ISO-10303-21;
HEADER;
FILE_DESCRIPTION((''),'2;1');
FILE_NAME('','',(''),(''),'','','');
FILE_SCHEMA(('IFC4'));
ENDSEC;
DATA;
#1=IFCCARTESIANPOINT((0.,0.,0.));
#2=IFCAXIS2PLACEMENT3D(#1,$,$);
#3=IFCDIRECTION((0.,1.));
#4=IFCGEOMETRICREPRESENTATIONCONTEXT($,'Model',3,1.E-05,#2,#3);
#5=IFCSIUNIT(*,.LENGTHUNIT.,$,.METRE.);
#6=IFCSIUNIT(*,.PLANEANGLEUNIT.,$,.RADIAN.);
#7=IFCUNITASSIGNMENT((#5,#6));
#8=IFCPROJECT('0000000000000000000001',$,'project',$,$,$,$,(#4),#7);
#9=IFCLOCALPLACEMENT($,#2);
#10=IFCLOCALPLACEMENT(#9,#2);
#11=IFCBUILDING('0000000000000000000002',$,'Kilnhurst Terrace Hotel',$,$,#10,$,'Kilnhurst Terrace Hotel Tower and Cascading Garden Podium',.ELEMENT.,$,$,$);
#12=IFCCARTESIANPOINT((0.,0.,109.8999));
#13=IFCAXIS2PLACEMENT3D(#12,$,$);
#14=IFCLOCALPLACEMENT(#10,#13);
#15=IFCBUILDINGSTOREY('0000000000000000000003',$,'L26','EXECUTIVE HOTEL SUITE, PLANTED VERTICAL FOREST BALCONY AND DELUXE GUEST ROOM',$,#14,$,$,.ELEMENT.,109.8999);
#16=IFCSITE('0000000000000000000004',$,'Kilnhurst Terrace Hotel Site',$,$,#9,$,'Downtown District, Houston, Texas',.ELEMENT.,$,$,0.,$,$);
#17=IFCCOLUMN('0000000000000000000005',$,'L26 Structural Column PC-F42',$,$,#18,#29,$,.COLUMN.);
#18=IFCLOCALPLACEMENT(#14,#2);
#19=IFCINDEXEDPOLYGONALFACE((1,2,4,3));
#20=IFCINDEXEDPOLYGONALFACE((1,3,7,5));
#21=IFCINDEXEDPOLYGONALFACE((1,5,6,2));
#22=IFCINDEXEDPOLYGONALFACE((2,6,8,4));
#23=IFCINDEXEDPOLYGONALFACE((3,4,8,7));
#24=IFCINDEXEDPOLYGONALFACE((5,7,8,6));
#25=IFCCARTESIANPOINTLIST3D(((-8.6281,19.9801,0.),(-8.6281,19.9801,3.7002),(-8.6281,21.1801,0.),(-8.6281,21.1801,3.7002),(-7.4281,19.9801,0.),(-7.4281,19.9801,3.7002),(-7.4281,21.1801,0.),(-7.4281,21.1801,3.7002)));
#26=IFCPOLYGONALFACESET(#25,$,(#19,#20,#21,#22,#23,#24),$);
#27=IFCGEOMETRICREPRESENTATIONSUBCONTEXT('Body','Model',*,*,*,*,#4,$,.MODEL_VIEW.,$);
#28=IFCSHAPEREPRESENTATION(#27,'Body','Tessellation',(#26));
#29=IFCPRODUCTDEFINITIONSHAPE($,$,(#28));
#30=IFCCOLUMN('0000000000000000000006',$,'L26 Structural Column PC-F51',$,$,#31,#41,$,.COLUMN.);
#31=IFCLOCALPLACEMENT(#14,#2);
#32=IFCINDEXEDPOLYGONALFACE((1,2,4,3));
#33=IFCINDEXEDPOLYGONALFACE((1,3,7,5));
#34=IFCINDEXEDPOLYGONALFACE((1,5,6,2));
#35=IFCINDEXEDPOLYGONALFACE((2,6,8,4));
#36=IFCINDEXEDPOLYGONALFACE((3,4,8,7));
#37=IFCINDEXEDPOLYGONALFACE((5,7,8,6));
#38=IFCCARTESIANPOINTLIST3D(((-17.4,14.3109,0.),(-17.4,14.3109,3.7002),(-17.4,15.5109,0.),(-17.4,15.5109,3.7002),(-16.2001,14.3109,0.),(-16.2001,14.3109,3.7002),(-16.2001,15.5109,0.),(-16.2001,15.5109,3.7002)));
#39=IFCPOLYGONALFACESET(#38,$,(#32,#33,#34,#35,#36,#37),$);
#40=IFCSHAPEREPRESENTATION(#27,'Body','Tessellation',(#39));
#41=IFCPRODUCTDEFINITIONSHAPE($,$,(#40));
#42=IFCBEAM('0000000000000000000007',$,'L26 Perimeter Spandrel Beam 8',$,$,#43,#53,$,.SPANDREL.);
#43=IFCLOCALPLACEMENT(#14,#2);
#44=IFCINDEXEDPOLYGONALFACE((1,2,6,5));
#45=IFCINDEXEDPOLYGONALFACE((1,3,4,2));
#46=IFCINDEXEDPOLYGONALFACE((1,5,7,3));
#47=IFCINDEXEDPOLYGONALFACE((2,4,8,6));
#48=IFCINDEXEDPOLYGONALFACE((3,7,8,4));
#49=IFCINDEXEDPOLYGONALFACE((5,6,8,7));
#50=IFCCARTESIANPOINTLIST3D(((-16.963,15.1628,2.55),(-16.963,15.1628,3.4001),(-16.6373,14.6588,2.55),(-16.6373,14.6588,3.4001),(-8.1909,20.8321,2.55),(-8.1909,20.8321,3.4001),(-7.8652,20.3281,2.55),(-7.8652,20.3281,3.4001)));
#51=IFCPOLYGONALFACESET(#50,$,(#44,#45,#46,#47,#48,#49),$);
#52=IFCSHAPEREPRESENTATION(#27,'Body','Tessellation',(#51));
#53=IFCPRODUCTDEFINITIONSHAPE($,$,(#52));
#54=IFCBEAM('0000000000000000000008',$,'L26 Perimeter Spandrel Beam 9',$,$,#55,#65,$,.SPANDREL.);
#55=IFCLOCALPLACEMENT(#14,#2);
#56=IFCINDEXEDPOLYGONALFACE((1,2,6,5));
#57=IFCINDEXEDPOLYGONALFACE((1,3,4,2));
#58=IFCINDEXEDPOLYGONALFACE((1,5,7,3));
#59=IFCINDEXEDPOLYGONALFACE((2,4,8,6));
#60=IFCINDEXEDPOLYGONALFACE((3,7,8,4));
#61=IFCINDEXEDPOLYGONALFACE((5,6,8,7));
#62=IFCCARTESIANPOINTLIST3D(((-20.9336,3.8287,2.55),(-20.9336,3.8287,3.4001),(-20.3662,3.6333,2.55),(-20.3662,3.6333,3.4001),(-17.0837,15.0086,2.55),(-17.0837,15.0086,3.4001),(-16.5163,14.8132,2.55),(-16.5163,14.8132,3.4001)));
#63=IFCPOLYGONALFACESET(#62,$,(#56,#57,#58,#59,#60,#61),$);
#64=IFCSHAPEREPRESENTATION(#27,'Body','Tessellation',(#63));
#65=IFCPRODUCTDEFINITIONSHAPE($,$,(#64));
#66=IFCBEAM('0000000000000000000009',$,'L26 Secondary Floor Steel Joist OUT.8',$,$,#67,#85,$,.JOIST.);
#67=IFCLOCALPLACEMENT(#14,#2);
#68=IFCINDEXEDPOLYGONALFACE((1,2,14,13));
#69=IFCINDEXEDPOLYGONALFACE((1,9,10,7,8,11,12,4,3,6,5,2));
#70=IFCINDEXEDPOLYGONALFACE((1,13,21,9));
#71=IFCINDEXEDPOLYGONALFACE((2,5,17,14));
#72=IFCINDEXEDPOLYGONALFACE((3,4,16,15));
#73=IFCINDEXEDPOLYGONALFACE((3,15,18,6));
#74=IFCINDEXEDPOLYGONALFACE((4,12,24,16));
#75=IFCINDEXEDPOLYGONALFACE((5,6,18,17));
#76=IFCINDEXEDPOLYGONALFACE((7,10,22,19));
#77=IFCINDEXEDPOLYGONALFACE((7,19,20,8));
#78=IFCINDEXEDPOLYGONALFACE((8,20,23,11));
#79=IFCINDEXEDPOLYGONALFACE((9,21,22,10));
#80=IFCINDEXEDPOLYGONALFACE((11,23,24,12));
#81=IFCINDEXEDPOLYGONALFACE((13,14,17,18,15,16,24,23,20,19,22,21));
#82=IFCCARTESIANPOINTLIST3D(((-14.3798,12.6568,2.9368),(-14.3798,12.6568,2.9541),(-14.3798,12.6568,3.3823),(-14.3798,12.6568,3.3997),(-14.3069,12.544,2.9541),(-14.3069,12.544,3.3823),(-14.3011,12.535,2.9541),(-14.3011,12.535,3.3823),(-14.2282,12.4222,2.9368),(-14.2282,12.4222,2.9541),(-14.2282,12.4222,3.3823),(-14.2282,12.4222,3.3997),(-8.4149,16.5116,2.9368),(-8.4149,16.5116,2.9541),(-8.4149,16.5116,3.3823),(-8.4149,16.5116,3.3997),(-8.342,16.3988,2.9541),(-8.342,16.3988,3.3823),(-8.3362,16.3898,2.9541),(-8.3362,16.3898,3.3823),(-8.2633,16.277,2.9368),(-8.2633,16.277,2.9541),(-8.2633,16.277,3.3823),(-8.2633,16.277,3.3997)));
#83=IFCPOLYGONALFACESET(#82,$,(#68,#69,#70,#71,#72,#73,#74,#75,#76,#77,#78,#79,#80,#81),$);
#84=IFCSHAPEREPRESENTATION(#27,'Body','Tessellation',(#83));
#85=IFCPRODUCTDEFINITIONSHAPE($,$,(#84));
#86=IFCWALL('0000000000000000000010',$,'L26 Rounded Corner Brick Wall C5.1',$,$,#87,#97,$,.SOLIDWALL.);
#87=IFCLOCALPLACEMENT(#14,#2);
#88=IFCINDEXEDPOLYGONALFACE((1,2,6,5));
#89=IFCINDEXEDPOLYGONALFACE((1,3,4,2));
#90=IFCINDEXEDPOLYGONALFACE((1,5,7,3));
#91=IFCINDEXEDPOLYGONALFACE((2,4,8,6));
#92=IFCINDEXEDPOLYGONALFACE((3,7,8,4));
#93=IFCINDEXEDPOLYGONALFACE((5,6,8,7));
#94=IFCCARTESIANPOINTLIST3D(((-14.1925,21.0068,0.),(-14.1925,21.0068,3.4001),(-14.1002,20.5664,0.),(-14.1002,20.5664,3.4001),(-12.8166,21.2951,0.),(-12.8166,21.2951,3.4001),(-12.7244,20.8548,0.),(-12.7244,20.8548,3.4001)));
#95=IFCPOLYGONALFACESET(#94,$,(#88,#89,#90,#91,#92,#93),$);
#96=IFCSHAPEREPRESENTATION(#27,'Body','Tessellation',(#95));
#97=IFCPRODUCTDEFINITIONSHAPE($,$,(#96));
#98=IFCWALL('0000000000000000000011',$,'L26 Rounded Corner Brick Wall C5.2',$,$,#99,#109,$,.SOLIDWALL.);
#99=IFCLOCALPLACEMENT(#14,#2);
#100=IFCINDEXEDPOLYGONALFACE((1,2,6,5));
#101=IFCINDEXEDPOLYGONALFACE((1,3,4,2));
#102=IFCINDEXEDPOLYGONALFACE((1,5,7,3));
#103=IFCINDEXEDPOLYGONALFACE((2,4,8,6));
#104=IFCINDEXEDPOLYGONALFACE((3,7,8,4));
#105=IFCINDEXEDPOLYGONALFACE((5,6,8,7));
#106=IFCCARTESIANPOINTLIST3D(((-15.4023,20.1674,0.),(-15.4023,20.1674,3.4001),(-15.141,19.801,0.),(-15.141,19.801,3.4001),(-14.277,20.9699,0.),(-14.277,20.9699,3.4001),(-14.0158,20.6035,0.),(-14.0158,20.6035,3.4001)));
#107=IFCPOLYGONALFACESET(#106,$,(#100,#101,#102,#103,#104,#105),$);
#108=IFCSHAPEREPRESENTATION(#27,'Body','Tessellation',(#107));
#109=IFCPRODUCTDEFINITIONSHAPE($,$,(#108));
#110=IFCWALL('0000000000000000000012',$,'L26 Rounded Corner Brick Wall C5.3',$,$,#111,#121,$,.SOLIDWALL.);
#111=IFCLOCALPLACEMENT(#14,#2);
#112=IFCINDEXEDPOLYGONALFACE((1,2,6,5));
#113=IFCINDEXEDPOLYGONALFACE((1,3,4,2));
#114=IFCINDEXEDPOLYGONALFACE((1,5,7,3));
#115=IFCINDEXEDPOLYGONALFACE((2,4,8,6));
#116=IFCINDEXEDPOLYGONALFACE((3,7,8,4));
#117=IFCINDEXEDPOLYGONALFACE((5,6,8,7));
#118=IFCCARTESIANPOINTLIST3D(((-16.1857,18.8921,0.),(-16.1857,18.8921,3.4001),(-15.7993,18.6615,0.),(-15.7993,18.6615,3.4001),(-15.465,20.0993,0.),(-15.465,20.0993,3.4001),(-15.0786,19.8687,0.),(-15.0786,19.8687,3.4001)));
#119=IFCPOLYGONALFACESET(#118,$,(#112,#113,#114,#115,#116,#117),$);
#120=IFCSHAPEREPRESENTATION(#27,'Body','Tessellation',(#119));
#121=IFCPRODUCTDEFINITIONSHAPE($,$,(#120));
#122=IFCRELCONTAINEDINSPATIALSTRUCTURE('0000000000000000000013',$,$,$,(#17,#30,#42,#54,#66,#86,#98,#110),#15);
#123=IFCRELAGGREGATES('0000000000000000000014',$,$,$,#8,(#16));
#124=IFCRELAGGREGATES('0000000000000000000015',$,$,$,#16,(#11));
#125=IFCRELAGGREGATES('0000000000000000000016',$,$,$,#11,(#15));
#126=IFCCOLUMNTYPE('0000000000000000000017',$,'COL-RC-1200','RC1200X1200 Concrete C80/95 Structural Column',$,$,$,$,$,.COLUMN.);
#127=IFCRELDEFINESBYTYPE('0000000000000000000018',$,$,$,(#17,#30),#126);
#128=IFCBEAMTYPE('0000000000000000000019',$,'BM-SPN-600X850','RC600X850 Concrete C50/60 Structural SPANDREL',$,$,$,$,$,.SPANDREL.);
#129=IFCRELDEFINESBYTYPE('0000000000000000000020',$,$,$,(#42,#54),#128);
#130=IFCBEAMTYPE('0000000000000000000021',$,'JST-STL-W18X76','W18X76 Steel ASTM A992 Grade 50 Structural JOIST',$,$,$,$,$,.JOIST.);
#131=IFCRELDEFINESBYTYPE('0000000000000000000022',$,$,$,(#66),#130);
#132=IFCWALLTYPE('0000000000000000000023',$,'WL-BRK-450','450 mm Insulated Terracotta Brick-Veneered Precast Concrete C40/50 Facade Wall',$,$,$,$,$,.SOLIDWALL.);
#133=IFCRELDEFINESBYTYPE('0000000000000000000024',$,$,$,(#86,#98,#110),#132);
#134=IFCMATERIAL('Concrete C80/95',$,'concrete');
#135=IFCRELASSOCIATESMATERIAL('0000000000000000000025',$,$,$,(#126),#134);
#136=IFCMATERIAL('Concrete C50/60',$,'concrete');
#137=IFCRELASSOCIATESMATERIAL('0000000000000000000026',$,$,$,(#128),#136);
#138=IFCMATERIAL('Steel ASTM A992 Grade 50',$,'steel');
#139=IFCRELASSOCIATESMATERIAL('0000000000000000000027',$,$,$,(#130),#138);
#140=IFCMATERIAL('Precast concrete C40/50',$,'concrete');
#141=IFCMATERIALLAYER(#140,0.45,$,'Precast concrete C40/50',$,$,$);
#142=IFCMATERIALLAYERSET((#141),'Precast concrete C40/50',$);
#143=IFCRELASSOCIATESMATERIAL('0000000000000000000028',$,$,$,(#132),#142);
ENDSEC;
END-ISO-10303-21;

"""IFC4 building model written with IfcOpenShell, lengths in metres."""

from ifc_helpers import new_model, si_unit, direction, frame, frame_2d, origin, origin_2d, place, context, subcontext, project, spatial, rectangle, i_section, extrude, material, layer, layer_set, material_profile, profile_set, type_object, element, save


model = new_model("IFC4")

# Units and contexts
model_context = context("Model", 3, precision=1e-05, world=origin(), true_north=direction((0.0, 1.0)))
body_context = subcontext(model_context, "Body", "Model", "MODEL_VIEW")
ifc_project = project(units=[si_unit("LENGTHUNIT", "METRE"), si_unit("PLANEANGLEUNIT", "RADIAN")], contexts=[model_context])

# Site, building, storey
site_placement = place(None, origin())
site = spatial("IfcSite", under=ifc_project, at=site_placement, Name="Kilnhurst Terrace Hotel Site", LongName="Downtown District, Houston, Texas", CompositionType="ELEMENT", RefElevation=0.0)
building_placement = place(site_placement, origin())
building = spatial("IfcBuilding", under=site, at=building_placement, Name="Kilnhurst Terrace Hotel", LongName="Kilnhurst Terrace Hotel Tower and Cascading Garden Podium", CompositionType="ELEMENT")
storey_placement = place(building_placement, frame((0.0, 0.0, 109.8999)))
storey = spatial("IfcBuildingStorey", under=building, at=storey_placement, Name="L26", Description="EXECUTIVE HOTEL SUITE, PLANTED VERTICAL FOREST BALCONY AND DELUXE GUEST ROOM", CompositionType="ELEMENT", Elevation=109.8999)

# Columns
ifc_material_1 = material(Name="Concrete C80/95", Category="concrete")
ifc_material_profile_1 = material_profile(ifc_material_1, rectangle(XDim=1.2, YDim=1.2, at=origin_2d()), Name="RC1200X1200")
ifc_profile_set_1 = profile_set([ifc_material_profile_1], Name="Concrete C80/95")
column_type = type_object("IfcColumnType", Name="COL-RC-1200", Description="RC1200X1200 Concrete C80/95 Structural Column", PredefinedType="COLUMN", material=ifc_profile_set_1)
for number, where, z_axis, x_axis, name in (
    (1, (-8.0281, 20.5801, 0.0), (0.0, 0.0, 1.0), (1.0, 0.0, 0.0), "L26 Structural Column PC-F42"),
    (2, (-16.8, 14.9109, 0.0), (0.0, 0.0, 1.0), (1.0, 0.0, 0.0), "L26 Structural Column PC-F51"),
):
    element("IfcColumn", number, at=place(storey_placement, frame(where, z_axis=z_axis, x_axis=x_axis)), inside=storey, type_object=column_type, Name=name, PredefinedType="COLUMN", context=body_context, shape_type="SweptSolid", body=[
        extrude(rectangle(XDim=1.2, YDim=1.2, at=origin_2d()), origin(), (0.0, 0.0, 1.0), 3.7002),
    ])

# Beams
ifc_material_2 = material(Name="Concrete C50/60", Category="concrete")
ifc_material_profile_2 = material_profile(ifc_material_2, rectangle(XDim=0.6001, YDim=0.8501, at=origin_2d()), Name="RC600X850")
ifc_profile_set_2 = profile_set([ifc_material_profile_2], Name="Concrete C50/60")
beam_type_1 = type_object("IfcBeamType", Name="BM-SPN-600X850", Description="RC600X850 Concrete C50/60 Structural SPANDREL", PredefinedType="SPANDREL", material=ifc_profile_set_2)
beam_1_placement = place(storey_placement, frame((-8.0281, 20.5801, 2.9751), z_axis=(-0.839867, -0.542793, 0.0), x_axis=(0.542793, -0.839867, 0.0)))
element("IfcBeam", 3, at=beam_1_placement, inside=storey, type_object=beam_type_1, Name="L26 Perimeter Spandrel Beam 8", PredefinedType="SPANDREL", context=body_context, shape_type="SweptSolid", body=[
    extrude(rectangle(XDim=0.6001, YDim=0.8501, at=origin_2d()), origin(), (0.0, 0.0, 1.0), 10.4446),
])
beam_2_placement = place(storey_placement, frame((-16.8, 14.9109, 2.9751), z_axis=(-0.32559, -0.945511, 0.0), x_axis=(0.945511, -0.32559, 0.0)))
element("IfcBeam", 4, at=beam_2_placement, inside=storey, type_object=beam_type_1, Name="L26 Perimeter Spandrel Beam 9", PredefinedType="SPANDREL", context=body_context, shape_type="SweptSolid", body=[
    extrude(rectangle(XDim=0.6001, YDim=0.8501, at=origin_2d()), origin(), (0.0, 0.0, 1.0), 11.8242),
])
ifc_material_3 = material(Name="Steel ASTM A992 Grade 50", Category="steel")
ifc_material_profile_3 = material_profile(ifc_material_3, i_section(OverallWidth=0.2793, OverallDepth=0.4629, WebThickness=0.0107, FlangeThickness=0.0173, at=origin_2d()), Name="W18X76")
ifc_profile_set_3 = profile_set([ifc_material_profile_3], Name="Steel ASTM A992 Grade 50")
beam_type_2 = type_object("IfcBeamType", Name="JST-STL-W18X76", Description="W18X76 Steel ASTM A992 Grade 50 Structural JOIST", PredefinedType="JOIST", material=ifc_profile_set_3)
beam_3_placement = place(storey_placement, frame((-8.3391, 16.3943, 3.1682), z_axis=(-0.839883, -0.542768, 0.0), x_axis=(0.542768, -0.839883, 0.0)))
element("IfcBeam", 5, at=beam_3_placement, inside=storey, type_object=beam_type_2, Name="L26 Secondary Floor Steel Joist OUT.8", PredefinedType="JOIST", context=body_context, shape_type="SweptSolid", body=[
    extrude(i_section(OverallWidth=0.2793, OverallDepth=0.4629, WebThickness=0.0107, FlangeThickness=0.0173, at=origin_2d()), origin(), (0.0, 0.0, 1.0), 7.1021),
])

# Walls
ifc_material_4 = material(Name="Precast concrete C40/50", Category="concrete")
ifc_layer_1 = layer(ifc_material_4, 0.45, Name="Precast concrete C40/50")
ifc_layer_set_1 = layer_set([ifc_layer_1], Name="Precast concrete C40/50")
wall_type_1 = type_object("IfcWallType", Name="WL-BRK-450", Description="450 mm Insulated Terracotta Brick-Veneered Precast Concrete C40/50 Facade Wall", PredefinedType="SOLIDWALL", material=ifc_layer_set_1)
wall_1_placement = place(storey_placement, frame((-12.7705, 21.075, 0.0), z_axis=(0.0, 0.0, 1.0), x_axis=(-0.978743, -0.205091, 0.0)))
element("IfcWall", 6, at=wall_1_placement, inside=storey, type_object=wall_type_1, Name="L26 Rounded Corner Brick Wall C5.1", PredefinedType="SOLIDWALL", context=body_context, shape_type="SweptSolid", body=[
    extrude(rectangle(XDim=1.4058, YDim=0.45, at=frame_2d((0.7029, 0.0))), origin(), (0.0, 0.0, 1.0), 3.4001),
])
wall_2_placement = place(storey_placement, frame((-14.1465, 20.7866, 0.0), z_axis=(0.0, 0.0, 1.0), x_axis=(-0.814163, -0.580636, 0.0)))
element("IfcWall", 7, at=wall_2_placement, inside=storey, type_object=wall_type_1, Name="L26 Rounded Corner Brick Wall C5.2", PredefinedType="SOLIDWALL", context=body_context, shape_type="SweptSolid", body=[
    extrude(rectangle(XDim=1.3821, YDim=0.45, at=frame_2d((0.6909, 0.0))), origin(), (0.0, 0.0, 1.0), 3.4001),
])
wall_3_placement = place(storey_placement, frame((-15.2717, 19.9841, 0.0), z_axis=(0.0, 0.0, 1.0), x_axis=(-0.512579, -0.85864, 0.0)))
element("IfcWall", 8, at=wall_3_placement, inside=storey, type_object=wall_type_1, Name="L26 Rounded Corner Brick Wall C5.3", PredefinedType="SOLIDWALL", context=body_context, shape_type="SweptSolid", body=[
    extrude(rectangle(XDim=1.406, YDim=0.45, at=frame_2d((0.7031, 0.0))), origin(), (0.0, 0.0, 1.0), 3.4001),
])

save(model, "model.ifc")
